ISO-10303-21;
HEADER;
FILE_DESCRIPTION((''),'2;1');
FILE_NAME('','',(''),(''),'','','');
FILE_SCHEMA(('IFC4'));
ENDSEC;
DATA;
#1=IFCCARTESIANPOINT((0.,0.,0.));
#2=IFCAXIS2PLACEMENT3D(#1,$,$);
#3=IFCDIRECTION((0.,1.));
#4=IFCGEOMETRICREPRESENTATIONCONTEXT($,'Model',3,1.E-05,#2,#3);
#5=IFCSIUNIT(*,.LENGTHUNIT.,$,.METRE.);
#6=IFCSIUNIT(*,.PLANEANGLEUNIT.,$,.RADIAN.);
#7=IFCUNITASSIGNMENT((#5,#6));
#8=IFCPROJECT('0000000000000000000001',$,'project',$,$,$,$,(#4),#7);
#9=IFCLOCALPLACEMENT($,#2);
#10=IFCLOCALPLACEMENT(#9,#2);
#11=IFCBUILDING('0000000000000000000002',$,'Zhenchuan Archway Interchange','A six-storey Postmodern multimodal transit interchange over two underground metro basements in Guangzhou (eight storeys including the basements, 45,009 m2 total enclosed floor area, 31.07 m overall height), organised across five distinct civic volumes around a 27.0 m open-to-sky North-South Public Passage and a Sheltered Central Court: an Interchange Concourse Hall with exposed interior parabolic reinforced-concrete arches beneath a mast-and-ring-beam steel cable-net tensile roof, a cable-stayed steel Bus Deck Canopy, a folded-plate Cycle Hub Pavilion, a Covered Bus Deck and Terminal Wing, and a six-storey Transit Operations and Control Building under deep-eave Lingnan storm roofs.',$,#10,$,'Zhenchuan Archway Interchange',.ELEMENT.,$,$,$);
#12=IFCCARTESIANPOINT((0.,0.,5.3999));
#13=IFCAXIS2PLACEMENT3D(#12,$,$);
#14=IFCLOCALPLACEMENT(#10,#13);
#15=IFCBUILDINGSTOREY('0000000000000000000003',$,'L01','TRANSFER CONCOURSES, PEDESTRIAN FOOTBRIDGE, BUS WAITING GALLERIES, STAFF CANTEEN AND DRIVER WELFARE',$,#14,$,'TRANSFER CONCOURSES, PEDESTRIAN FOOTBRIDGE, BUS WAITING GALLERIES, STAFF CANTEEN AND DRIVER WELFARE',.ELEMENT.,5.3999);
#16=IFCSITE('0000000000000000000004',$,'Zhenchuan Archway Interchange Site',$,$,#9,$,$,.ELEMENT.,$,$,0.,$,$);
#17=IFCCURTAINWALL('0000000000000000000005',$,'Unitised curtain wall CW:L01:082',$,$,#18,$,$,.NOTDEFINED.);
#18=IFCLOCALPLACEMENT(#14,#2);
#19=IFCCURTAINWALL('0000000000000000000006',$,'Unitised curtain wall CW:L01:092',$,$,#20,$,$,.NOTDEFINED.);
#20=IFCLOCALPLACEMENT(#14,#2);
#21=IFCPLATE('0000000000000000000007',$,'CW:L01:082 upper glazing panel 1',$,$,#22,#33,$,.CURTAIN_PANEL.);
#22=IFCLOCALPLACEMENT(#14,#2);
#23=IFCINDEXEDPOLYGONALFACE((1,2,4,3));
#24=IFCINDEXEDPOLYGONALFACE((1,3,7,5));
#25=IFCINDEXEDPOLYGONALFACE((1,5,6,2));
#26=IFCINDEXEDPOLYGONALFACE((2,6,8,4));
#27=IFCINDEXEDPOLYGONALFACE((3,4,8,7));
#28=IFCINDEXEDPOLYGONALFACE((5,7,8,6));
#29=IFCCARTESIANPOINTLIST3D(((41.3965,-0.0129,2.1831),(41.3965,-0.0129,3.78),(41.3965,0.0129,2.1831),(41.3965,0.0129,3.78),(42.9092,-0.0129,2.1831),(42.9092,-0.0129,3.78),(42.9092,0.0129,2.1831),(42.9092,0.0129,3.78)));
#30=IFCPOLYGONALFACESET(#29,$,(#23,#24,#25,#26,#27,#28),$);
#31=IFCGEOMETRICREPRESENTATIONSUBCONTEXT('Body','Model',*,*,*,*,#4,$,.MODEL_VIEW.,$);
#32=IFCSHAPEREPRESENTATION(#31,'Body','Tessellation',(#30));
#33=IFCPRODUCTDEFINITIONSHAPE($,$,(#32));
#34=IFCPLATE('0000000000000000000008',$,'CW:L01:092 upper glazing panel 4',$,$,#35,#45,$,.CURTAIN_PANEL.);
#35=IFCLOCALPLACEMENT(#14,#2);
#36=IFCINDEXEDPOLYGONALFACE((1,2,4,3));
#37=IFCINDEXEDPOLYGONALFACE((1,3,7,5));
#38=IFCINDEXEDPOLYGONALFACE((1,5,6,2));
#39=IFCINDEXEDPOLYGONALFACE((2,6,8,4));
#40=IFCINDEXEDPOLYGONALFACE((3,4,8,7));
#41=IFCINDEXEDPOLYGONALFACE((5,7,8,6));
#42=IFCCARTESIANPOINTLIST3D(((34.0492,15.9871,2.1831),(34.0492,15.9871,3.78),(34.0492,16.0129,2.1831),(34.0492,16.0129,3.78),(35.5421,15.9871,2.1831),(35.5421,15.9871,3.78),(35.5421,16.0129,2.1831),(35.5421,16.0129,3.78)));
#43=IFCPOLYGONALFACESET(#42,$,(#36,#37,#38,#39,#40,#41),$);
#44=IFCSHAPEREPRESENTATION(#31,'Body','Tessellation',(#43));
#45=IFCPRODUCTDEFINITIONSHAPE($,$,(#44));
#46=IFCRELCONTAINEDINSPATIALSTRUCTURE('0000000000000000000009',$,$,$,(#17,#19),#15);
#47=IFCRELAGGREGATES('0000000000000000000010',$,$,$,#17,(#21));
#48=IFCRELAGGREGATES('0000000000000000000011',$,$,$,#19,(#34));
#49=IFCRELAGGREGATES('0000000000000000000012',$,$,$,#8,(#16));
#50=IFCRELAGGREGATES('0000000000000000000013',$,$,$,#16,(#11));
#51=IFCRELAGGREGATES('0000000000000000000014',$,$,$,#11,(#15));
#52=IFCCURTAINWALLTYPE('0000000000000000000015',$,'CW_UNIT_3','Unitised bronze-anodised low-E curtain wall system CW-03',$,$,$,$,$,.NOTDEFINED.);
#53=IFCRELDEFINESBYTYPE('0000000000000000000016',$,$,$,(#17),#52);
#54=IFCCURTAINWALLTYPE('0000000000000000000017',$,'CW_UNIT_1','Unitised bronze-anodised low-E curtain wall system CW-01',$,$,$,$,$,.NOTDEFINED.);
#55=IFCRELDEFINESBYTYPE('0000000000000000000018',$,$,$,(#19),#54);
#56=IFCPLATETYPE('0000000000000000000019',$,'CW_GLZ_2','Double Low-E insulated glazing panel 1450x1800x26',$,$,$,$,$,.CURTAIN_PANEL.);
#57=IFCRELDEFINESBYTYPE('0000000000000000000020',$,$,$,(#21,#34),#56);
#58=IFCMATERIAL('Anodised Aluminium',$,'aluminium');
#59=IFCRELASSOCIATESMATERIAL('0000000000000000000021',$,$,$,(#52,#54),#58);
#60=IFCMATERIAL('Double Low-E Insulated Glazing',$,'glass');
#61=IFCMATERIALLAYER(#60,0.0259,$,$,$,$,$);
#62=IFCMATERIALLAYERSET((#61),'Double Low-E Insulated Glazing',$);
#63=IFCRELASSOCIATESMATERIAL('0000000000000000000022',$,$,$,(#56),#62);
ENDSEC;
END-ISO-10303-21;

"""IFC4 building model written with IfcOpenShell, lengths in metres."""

from ifc_helpers import new_model, si_unit, direction, frame, origin, origin_2d, place, context, subcontext, project, spatial, rectangle, extrude, material, layer, layer_set, type_object, element, aggregate, save


model = new_model("IFC4")

# Units and contexts
model_context = context("Model", 3, precision=1e-05, world=origin(), true_north=direction((0.0, 1.0)))
body_context = subcontext(model_context, "Body", "Model", "MODEL_VIEW")
ifc_project = project(units=[si_unit("LENGTHUNIT", "METRE"), si_unit("PLANEANGLEUNIT", "RADIAN")], contexts=[model_context])

# Site, building, storey
site_placement = place(None, origin())
site = spatial("IfcSite", under=ifc_project, at=site_placement, Name="Zhenchuan Archway Interchange Site", CompositionType="ELEMENT", RefElevation=0.0)
building_placement = place(site_placement, origin())
building = spatial("IfcBuilding", under=site, at=building_placement, Name="Zhenchuan Archway Interchange", Description="A six-storey Postmodern multimodal transit interchange over two underground metro basements in Guangzhou (eight storeys including the basements, 45,009 m2 total enclosed floor area, 31.07 m overall height), organised across five distinct civic volumes around a 27.0 m open-to-sky North-South Public Passage and a Sheltered Central Court: an Interchange Concourse Hall with exposed interior parabolic reinforced-concrete arches beneath a mast-and-ring-beam steel cable-net tensile roof, a cable-stayed steel Bus Deck Canopy, a folded-plate Cycle Hub Pavilion, a Covered Bus Deck and Terminal Wing, and a six-storey Transit Operations and Control Building under deep-eave Lingnan storm roofs.", LongName="Zhenchuan Archway Interchange", CompositionType="ELEMENT")
storey_placement = place(building_placement, frame((0.0, 0.0, 5.3999)))
storey = spatial("IfcBuildingStorey", under=building, at=storey_placement, Name="L01", Description="TRANSFER CONCOURSES, PEDESTRIAN FOOTBRIDGE, BUS WAITING GALLERIES, STAFF CANTEEN AND DRIVER WELFARE", LongName="TRANSFER CONCOURSES, PEDESTRIAN FOOTBRIDGE, BUS WAITING GALLERIES, STAFF CANTEEN AND DRIVER WELFARE", CompositionType="ELEMENT", Elevation=5.3999)

# Curtain wall
ifc_material_1 = material(Name="Anodised Aluminium", Category="aluminium")
curtain_wall_type_1 = type_object("IfcCurtainWallType", Name="CW_UNIT_3", Description="Unitised bronze-anodised low-E curtain wall system CW-03", PredefinedType="NOTDEFINED", material=ifc_material_1)
curtain_wall_1_placement = place(storey_placement, origin())
curtain_wall_1 = element("IfcCurtainWall", 1, at=curtain_wall_1_placement, inside=storey, type_object=curtain_wall_type_1, Name="Unitised curtain wall CW:L01:082", PredefinedType="NOTDEFINED")

# Curtain wall
curtain_wall_type_2 = type_object("IfcCurtainWallType", Name="CW_UNIT_1", Description="Unitised bronze-anodised low-E curtain wall system CW-01", PredefinedType="NOTDEFINED", material=ifc_material_1)
curtain_wall_2_placement = place(storey_placement, origin())
curtain_wall_2 = element("IfcCurtainWall", 2, at=curtain_wall_2_placement, inside=storey, type_object=curtain_wall_type_2, Name="Unitised curtain wall CW:L01:092", PredefinedType="NOTDEFINED")

# Plates
ifc_material_2 = material(Name="Double Low-E Insulated Glazing", Category="glass")
ifc_layer_1 = layer(ifc_material_2, 0.0259)
ifc_layer_set_1 = layer_set([ifc_layer_1], Name="Double Low-E Insulated Glazing")
plate_type_1 = type_object("IfcPlateType", Name="CW_GLZ_2", Description="Double Low-E insulated glazing panel 1450x1800x26", PredefinedType="CURTAIN_PANEL", material=ifc_layer_set_1)
plate_1_placement = place(storey_placement, frame((42.1528, 0.0, 2.1831), z_axis=(0.0, 0.0, 1.0), x_axis=(-1.0, 0.0, 0.0)))
plate_1 = element("IfcPlate", 3, at=plate_1_placement, type_object=plate_type_1, Name="CW:L01:082 upper glazing panel 1", PredefinedType="CURTAIN_PANEL", context=body_context, shape_type="SweptSolid", body=[
    extrude(rectangle(XDim=1.5127, YDim=0.0259, at=origin_2d()), origin(), (0.0, 0.0, 1.0), 1.5969),
])
aggregate(curtain_wall_1, [plate_1])
plate_2_placement = place(storey_placement, frame((34.7957, 16.0, 2.1831), z_axis=(0.0, 0.0, 1.0), x_axis=(1.0, 0.0, 0.0)))
plate_2 = element("IfcPlate", 4, at=plate_2_placement, type_object=plate_type_1, Name="CW:L01:092 upper glazing panel 4", PredefinedType="CURTAIN_PANEL", context=body_context, shape_type="SweptSolid", body=[
    extrude(rectangle(XDim=1.4929, YDim=0.0259, at=origin_2d()), origin(), (0.0, 0.0, 1.0), 1.5969),
])
aggregate(curtain_wall_2, [plate_2])

save(model, "model.ifc")
